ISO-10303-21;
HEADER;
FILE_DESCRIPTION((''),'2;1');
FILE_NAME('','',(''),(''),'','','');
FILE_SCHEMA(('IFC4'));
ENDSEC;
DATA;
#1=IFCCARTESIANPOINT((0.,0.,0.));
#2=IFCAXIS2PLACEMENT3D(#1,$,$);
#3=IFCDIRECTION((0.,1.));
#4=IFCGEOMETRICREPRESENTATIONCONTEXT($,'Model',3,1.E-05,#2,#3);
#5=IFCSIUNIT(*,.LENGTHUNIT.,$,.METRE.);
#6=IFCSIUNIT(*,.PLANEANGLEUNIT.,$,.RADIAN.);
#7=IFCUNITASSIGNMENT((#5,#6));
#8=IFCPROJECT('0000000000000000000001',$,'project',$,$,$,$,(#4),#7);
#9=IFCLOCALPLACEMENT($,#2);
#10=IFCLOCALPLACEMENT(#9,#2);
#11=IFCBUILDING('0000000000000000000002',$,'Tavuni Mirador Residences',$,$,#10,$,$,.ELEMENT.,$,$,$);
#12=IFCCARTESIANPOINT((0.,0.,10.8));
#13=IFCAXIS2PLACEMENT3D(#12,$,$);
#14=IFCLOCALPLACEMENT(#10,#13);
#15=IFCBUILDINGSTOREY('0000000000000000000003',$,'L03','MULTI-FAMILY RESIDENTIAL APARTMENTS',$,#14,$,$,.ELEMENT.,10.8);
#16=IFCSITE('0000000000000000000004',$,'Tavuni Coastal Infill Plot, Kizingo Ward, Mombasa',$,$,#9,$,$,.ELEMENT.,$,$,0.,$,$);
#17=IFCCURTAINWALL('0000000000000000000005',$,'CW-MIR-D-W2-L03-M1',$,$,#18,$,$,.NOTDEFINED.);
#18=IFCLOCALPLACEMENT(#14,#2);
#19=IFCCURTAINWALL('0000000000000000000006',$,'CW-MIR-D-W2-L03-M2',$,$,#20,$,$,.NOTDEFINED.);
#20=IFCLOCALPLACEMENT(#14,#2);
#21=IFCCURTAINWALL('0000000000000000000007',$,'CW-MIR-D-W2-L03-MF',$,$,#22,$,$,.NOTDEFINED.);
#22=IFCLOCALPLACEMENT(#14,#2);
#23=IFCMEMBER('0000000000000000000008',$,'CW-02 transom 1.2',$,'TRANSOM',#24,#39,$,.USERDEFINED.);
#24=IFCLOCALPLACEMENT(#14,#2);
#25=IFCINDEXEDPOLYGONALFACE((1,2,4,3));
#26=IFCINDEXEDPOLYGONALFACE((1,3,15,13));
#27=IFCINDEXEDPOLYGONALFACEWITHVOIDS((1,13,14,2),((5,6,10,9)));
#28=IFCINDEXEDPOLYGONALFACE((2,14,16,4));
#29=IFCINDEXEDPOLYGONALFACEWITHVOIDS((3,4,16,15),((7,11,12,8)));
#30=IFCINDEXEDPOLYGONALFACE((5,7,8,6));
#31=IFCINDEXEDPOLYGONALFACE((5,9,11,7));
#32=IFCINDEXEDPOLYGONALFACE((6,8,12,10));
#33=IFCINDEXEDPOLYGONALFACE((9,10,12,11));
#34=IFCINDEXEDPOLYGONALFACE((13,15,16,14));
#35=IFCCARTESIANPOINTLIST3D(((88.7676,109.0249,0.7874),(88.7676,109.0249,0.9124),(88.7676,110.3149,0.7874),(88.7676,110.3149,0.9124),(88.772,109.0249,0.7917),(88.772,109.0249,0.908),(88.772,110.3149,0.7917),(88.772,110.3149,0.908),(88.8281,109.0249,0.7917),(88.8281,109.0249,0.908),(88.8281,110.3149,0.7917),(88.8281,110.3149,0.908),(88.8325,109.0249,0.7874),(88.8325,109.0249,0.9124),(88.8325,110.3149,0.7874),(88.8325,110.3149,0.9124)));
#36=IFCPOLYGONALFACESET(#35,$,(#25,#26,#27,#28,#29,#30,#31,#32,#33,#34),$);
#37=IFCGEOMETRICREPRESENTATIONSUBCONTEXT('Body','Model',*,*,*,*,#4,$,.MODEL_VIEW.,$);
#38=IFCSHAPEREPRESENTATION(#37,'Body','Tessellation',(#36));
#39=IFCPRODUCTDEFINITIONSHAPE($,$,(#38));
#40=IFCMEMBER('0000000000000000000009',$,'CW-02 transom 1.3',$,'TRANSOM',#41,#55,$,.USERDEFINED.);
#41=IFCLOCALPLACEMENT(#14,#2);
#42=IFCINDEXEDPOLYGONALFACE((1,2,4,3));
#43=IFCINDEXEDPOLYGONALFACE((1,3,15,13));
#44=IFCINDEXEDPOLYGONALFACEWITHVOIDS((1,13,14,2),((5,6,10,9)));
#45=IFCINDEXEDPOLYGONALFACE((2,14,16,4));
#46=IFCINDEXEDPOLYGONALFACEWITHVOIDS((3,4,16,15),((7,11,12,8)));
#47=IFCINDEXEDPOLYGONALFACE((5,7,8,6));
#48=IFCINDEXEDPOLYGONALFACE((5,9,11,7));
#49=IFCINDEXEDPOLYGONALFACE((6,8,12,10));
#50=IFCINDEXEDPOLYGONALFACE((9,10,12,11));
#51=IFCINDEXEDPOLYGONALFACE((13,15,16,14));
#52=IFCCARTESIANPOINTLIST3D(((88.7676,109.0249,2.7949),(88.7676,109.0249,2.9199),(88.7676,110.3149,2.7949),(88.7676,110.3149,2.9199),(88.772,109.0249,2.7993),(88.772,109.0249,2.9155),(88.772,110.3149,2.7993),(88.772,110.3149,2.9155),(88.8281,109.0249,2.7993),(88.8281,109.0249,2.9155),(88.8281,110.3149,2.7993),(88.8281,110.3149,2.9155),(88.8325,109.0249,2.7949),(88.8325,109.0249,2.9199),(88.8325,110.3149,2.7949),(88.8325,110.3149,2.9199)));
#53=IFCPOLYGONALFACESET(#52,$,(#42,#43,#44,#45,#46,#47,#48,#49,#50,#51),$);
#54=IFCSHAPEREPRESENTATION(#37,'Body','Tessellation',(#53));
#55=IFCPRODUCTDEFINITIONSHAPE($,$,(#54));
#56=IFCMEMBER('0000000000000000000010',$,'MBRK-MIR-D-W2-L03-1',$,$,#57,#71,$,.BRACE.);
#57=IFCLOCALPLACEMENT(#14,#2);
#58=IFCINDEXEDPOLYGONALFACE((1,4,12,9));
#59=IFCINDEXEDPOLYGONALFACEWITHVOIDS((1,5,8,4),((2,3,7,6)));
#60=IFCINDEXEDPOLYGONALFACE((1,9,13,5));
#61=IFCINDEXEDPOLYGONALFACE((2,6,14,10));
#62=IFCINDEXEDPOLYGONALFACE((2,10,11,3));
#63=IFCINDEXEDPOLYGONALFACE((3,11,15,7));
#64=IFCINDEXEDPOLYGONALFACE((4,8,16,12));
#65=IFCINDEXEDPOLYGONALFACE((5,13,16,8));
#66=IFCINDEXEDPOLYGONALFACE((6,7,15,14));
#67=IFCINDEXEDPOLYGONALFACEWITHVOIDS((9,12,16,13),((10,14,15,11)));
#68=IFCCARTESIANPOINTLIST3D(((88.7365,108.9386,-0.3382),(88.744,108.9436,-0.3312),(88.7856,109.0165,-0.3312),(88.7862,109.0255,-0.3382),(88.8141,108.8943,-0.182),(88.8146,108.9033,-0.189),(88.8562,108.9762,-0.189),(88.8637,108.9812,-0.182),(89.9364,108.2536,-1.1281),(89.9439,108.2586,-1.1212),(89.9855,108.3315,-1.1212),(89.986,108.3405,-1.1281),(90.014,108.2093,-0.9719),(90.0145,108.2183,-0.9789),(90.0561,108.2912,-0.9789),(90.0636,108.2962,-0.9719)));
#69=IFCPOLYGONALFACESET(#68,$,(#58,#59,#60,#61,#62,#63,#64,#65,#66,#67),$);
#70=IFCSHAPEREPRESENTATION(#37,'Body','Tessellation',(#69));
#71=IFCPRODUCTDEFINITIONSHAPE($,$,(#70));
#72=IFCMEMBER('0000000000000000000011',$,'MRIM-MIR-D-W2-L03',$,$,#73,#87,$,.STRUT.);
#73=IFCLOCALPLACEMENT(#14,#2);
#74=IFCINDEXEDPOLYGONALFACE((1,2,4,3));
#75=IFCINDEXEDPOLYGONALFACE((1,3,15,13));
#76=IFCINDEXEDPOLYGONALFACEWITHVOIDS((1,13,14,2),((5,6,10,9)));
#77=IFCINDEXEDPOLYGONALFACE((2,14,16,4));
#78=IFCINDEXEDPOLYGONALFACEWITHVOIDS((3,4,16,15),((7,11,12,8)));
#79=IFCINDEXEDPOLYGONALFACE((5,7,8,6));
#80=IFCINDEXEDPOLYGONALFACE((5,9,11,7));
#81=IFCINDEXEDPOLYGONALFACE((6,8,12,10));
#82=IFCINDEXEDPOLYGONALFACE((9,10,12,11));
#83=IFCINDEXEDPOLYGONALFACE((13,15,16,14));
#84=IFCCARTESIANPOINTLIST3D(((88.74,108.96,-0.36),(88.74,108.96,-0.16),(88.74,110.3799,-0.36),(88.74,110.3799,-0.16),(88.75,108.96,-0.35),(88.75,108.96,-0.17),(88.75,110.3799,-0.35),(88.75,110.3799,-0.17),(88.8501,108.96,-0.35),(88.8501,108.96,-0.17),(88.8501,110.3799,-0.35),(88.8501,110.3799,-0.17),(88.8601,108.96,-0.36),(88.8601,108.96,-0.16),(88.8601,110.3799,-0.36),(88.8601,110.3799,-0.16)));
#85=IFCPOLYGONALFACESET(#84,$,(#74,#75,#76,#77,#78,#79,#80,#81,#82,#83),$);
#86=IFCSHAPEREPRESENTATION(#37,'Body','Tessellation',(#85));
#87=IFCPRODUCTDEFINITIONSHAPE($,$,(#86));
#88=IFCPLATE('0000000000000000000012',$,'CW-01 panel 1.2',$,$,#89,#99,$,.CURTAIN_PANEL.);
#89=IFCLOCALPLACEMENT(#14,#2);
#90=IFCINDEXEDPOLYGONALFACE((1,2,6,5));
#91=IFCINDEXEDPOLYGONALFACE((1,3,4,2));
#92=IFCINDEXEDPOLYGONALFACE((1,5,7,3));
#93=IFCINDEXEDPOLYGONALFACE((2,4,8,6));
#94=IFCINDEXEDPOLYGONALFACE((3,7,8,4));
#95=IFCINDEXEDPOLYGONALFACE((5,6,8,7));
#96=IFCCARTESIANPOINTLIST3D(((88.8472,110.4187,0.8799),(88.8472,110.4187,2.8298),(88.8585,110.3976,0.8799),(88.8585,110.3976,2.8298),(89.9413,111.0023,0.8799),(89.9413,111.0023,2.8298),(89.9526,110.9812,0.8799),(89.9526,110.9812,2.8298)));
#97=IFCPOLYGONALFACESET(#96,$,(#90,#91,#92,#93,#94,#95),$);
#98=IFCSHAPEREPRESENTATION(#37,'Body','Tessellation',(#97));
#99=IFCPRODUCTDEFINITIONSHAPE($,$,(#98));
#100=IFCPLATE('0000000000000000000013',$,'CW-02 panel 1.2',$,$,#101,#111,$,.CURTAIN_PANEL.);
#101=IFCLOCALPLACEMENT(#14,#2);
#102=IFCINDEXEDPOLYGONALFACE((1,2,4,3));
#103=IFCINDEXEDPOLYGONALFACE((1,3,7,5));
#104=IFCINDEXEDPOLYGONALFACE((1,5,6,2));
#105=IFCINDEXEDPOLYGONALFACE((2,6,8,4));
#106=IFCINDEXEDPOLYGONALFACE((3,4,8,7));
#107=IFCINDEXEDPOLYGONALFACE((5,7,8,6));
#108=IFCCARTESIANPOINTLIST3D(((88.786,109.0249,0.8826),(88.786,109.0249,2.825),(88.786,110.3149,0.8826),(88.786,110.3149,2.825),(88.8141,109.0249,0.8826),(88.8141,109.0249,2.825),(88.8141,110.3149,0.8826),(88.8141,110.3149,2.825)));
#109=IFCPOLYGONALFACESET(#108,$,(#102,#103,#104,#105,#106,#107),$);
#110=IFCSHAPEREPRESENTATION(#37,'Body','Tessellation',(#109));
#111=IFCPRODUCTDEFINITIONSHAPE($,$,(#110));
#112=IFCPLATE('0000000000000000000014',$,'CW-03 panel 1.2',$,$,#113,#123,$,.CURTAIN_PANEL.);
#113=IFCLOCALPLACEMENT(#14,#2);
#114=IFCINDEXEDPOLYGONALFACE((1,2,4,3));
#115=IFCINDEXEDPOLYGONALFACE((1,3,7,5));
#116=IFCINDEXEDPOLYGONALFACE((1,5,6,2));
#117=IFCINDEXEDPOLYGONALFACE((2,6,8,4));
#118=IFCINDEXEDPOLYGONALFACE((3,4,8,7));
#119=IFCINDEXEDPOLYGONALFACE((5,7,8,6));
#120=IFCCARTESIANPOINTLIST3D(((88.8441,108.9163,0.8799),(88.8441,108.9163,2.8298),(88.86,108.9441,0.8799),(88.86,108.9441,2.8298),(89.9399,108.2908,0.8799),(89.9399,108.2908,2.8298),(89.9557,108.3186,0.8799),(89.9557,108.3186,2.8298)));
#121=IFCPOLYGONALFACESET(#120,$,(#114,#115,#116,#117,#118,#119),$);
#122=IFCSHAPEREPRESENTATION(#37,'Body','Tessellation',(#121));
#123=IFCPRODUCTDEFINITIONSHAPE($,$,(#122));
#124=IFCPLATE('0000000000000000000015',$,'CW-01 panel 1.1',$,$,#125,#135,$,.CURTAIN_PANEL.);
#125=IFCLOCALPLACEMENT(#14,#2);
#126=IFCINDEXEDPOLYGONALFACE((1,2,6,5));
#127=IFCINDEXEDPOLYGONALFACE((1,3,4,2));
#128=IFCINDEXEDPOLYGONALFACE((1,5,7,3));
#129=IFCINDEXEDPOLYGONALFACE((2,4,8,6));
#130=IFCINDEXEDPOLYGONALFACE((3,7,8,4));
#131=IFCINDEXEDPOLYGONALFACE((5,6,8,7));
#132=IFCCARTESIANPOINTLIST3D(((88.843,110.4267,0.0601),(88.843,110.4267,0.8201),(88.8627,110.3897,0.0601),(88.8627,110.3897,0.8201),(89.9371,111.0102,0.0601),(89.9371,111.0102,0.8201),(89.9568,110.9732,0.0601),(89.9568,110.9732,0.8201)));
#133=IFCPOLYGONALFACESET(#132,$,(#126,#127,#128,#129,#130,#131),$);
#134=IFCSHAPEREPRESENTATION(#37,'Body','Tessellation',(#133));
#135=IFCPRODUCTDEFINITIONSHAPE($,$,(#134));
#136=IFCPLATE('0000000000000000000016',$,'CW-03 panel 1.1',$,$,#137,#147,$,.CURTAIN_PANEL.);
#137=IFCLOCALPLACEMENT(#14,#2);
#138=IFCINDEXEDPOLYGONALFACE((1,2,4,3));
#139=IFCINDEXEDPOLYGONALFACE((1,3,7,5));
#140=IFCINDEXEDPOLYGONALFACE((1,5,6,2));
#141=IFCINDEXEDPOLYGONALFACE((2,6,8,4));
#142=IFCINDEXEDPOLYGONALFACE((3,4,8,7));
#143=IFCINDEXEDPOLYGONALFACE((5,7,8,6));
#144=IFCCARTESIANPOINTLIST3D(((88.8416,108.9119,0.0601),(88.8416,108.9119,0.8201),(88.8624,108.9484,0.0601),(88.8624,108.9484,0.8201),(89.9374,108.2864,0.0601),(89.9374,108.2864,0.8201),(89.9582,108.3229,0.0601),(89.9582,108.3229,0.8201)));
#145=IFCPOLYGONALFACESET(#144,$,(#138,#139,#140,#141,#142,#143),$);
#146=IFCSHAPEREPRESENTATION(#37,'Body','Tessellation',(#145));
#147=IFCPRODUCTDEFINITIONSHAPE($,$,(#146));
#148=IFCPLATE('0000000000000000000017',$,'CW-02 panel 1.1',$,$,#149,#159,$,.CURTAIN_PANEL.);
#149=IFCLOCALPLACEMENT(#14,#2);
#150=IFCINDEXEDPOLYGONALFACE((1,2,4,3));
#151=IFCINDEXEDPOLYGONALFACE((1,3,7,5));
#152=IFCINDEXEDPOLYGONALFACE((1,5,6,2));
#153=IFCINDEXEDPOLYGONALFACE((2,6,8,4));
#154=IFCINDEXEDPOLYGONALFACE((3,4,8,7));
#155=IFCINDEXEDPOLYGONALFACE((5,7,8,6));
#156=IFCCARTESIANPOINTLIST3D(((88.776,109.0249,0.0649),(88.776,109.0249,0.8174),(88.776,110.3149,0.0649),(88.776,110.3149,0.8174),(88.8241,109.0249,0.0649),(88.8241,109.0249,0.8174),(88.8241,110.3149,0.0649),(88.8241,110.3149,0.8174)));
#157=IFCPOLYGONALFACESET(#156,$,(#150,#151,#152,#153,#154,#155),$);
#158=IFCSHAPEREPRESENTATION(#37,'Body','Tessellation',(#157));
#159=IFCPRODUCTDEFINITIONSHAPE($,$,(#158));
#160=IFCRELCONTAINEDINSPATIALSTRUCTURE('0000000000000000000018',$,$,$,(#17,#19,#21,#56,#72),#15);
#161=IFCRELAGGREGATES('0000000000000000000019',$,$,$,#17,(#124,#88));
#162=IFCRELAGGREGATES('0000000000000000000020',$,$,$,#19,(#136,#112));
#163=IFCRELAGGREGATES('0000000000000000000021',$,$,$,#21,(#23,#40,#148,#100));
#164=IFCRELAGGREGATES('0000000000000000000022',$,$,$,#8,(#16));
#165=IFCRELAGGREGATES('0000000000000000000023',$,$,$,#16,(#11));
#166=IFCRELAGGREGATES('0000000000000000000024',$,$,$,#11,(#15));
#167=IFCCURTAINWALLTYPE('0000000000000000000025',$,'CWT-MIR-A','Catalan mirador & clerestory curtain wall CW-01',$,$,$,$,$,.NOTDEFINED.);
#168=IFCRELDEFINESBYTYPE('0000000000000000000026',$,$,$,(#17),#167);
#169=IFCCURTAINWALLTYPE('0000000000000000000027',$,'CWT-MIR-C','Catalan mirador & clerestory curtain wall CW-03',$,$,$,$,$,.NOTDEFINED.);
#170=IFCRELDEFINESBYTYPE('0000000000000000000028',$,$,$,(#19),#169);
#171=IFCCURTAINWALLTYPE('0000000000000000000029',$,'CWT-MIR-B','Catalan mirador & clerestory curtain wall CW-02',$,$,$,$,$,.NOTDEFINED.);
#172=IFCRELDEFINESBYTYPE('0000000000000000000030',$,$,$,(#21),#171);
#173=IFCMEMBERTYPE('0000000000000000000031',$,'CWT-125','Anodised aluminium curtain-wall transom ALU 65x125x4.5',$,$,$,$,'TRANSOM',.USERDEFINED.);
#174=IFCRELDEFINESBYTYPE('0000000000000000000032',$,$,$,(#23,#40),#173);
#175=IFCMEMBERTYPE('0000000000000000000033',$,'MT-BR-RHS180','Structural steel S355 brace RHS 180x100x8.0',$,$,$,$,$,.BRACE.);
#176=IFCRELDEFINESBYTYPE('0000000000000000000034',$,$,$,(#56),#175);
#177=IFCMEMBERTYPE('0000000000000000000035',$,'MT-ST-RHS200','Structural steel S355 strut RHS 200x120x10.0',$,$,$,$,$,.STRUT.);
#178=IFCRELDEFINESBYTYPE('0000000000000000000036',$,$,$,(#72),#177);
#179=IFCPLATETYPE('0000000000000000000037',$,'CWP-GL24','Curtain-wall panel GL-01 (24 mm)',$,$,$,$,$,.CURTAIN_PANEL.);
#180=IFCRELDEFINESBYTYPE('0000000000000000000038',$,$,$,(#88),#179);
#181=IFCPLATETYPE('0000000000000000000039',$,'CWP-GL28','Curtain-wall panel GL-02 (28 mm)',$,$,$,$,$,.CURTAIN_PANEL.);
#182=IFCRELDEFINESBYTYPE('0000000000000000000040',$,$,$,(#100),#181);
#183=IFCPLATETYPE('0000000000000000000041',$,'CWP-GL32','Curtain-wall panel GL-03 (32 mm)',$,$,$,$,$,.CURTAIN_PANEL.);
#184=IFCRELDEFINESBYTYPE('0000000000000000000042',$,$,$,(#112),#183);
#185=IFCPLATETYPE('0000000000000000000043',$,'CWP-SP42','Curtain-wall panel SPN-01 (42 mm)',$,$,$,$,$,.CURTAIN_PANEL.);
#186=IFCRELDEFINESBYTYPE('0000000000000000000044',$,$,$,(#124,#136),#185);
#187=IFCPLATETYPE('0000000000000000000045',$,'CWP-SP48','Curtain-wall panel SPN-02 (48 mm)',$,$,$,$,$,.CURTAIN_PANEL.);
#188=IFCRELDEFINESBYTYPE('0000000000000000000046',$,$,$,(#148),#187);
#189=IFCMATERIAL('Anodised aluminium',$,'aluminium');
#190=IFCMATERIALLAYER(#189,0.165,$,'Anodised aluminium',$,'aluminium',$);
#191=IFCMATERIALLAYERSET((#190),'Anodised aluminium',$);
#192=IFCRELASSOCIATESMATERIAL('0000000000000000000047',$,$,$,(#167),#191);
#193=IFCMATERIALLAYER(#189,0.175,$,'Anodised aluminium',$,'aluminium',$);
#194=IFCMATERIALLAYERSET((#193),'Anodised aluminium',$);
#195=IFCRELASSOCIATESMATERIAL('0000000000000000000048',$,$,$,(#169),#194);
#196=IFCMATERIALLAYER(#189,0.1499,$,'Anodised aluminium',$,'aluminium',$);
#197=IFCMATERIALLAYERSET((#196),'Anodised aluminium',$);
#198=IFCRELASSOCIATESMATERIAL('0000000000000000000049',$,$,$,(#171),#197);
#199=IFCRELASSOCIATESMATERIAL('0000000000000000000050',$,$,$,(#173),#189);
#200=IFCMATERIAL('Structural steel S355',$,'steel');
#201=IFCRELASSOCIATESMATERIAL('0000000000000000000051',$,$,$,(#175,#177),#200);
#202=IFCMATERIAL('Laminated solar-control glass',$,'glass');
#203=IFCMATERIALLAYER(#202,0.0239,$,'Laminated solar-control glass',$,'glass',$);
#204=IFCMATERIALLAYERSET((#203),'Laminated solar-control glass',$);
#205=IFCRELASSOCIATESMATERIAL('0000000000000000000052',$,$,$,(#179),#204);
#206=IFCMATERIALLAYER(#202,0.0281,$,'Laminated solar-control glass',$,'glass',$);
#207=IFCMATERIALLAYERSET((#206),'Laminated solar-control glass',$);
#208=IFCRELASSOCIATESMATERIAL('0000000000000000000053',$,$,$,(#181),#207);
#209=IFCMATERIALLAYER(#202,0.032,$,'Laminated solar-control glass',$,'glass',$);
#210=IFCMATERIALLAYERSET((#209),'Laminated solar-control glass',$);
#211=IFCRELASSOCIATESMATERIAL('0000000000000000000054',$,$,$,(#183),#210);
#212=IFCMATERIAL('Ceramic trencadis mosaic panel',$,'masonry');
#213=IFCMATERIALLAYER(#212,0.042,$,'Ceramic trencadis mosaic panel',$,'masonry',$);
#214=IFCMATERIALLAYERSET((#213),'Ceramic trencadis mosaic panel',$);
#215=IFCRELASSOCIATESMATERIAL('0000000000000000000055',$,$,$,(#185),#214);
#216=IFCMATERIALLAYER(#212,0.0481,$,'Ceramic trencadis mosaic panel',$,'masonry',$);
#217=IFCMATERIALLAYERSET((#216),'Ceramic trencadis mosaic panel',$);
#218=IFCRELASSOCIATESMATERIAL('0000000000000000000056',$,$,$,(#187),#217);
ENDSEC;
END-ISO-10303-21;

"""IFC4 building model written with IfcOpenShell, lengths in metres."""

from ifc_helpers import new_model, si_unit, direction, frame, origin, origin_2d, place, context, subcontext, project, spatial, rectangle, hollow_rectangle, extrude, material, layer, layer_set, material_profile, profile_set, type_object, element, aggregate, save


model = new_model("IFC4")

# Units and contexts
model_context = context("Model", 3, precision=1e-05, world=origin(), true_north=direction((0.0, 1.0)))
body_context = subcontext(model_context, "Body", "Model", "MODEL_VIEW")
ifc_project = project(units=[si_unit("LENGTHUNIT", "METRE"), si_unit("PLANEANGLEUNIT", "RADIAN")], contexts=[model_context])

# Site, building, storey
site_placement = place(None, origin())
site = spatial("IfcSite", under=ifc_project, at=site_placement, Name="Tavuni Coastal Infill Plot, Kizingo Ward, Mombasa", CompositionType="ELEMENT", RefElevation=0.0)
building_placement = place(site_placement, origin())
building = spatial("IfcBuilding", under=site, at=building_placement, Name="Tavuni Mirador Residences", CompositionType="ELEMENT")
storey_placement = place(building_placement, frame((0.0, 0.0, 10.8)))
storey = spatial("IfcBuildingStorey", under=building, at=storey_placement, Name="L03", Description="MULTI-FAMILY RESIDENTIAL APARTMENTS", CompositionType="ELEMENT", Elevation=10.8)

# Curtain wall
ifc_material_1 = material(Name="Anodised aluminium", Category="aluminium")
ifc_layer_1 = layer(ifc_material_1, 0.165, Name="Anodised aluminium", Category="aluminium")
ifc_layer_set_1 = layer_set([ifc_layer_1], Name="Anodised aluminium")
curtain_wall_type_1 = type_object("IfcCurtainWallType", Name="CWT-MIR-A", Description="Catalan mirador & clerestory curtain wall CW-01", PredefinedType="NOTDEFINED", material=ifc_layer_set_1)
curtain_wall_1_placement = place(storey_placement, origin())
curtain_wall_1 = element("IfcCurtainWall", 1, at=curtain_wall_1_placement, inside=storey, type_object=curtain_wall_type_1, Name="CW-MIR-D-W2-L03-M1", PredefinedType="NOTDEFINED")

# Curtain walls
ifc_layer_2 = layer(ifc_material_1, 0.175, Name="Anodised aluminium", Category="aluminium")
ifc_layer_set_2 = layer_set([ifc_layer_2], Name="Anodised aluminium")
curtain_wall_type_2 = type_object("IfcCurtainWallType", Name="CWT-MIR-C", Description="Catalan mirador & clerestory curtain wall CW-03", PredefinedType="NOTDEFINED", material=ifc_layer_set_2)
curtain_wall_2_placement = place(storey_placement, origin())
curtain_wall_2 = element("IfcCurtainWall", 2, at=curtain_wall_2_placement, inside=storey, type_object=curtain_wall_type_2, Name="CW-MIR-D-W2-L03-M2", PredefinedType="NOTDEFINED")
ifc_layer_3 = layer(ifc_material_1, 0.1499, Name="Anodised aluminium", Category="aluminium")
ifc_layer_set_3 = layer_set([ifc_layer_3], Name="Anodised aluminium")
curtain_wall_type_3 = type_object("IfcCurtainWallType", Name="CWT-MIR-B", Description="Catalan mirador & clerestory curtain wall CW-02", PredefinedType="NOTDEFINED", material=ifc_layer_set_3)
curtain_wall_3_placement = place(storey_placement, origin())
curtain_wall_3 = element("IfcCurtainWall", 3, at=curtain_wall_3_placement, inside=storey, type_object=curtain_wall_type_3, Name="CW-MIR-D-W2-L03-MF", PredefinedType="NOTDEFINED")

# Members
ifc_material_profile_1 = material_profile(ifc_material_1, hollow_rectangle(XDim=0.0649, YDim=0.125, WallThickness=0.0044, at=origin_2d()), Name="ALU 65x125x4.5", Category="aluminium")
ifc_profile_set_1 = profile_set([ifc_material_profile_1], Name="Anodised aluminium")
member_type_1 = type_object("IfcMemberType", Name="CWT-125", Description="Anodised aluminium curtain-wall transom ALU 65x125x4.5", ElementType="TRANSOM", PredefinedType="USERDEFINED", material=ifc_profile_set_1)
member_1_placement = place(storey_placement, frame((88.8, 110.3149, 0.8499), z_axis=(0.0, -1.0, 0.0), x_axis=(1.0, 0.0, 0.0)))
member_1 = element("IfcMember", 4, at=member_1_placement, type_object=member_type_1, Name="CW-02 transom 1.2", ObjectType="TRANSOM", PredefinedType="USERDEFINED", context=body_context, shape_type="SweptSolid", body=[
    extrude(hollow_rectangle(XDim=0.0649, YDim=0.125, WallThickness=0.0044, at=origin_2d()), origin(), (0.0, 0.0, 1.0), 1.29),
])
member_2_placement = place(storey_placement, frame((88.8, 110.3149, 2.8574), z_axis=(0.0, -1.0, 0.0), x_axis=(1.0, 0.0, 0.0)))
member_2 = element("IfcMember", 5, at=member_2_placement, type_object=member_type_1, Name="CW-02 transom 1.3", ObjectType="TRANSOM", PredefinedType="USERDEFINED", context=body_context, shape_type="SweptSolid", body=[
    extrude(hollow_rectangle(XDim=0.0649, YDim=0.125, WallThickness=0.0044, at=origin_2d()), origin(), (0.0, 0.0, 1.0), 1.29),
])

# Members
ifc_material_2 = material(Name="Structural steel S355", Category="steel")
ifc_material_profile_2 = material_profile(ifc_material_2, hollow_rectangle(XDim=0.1001, YDim=0.1799, WallThickness=0.0081, at=origin_2d()), Name="RHS 180x100x8.0", Category="steel")
ifc_profile_set_2 = profile_set([ifc_material_profile_2], Name="Structural steel S355")
member_type_2 = type_object("IfcMemberType", Name="MT-BR-RHS180", Description="Structural steel S355 brace RHS 180x100x8.0", PredefinedType="BRACE", material=ifc_profile_set_2)
member_3_placement = place(storey_placement, frame((90.0, 108.2749, -1.05), z_axis=(-0.753904, 0.430408, 0.496365), x_axis=(-0.495796, -0.868439, 0.0)))
element("IfcMember", 6, at=member_3_placement, inside=storey, type_object=member_type_2, Name="MBRK-MIR-D-W2-L03-1", PredefinedType="BRACE", context=body_context, shape_type="SweptSolid", body=[
    extrude(hollow_rectangle(XDim=0.1001, YDim=0.1799, WallThickness=0.0081, at=origin_2d()), origin(), (0.0, 0.0, 1.0), 1.5916),
])
ifc_material_profile_3 = material_profile(ifc_material_2, hollow_rectangle(XDim=0.1201, YDim=0.2, WallThickness=0.01, at=origin_2d()), Name="RHS 200x120x10.0", Category="steel")
ifc_profile_set_3 = profile_set([ifc_material_profile_3], Name="Structural steel S355")
member_type_3 = type_object("IfcMemberType", Name="MT-ST-RHS200", Description="Structural steel S355 strut RHS 200x120x10.0", PredefinedType="STRUT", material=ifc_profile_set_3)
member_4_placement = place(storey_placement, frame((88.8, 108.96, -0.26), z_axis=(0.0, 1.0, 0.0), x_axis=(-1.0, 0.0, 0.0)))
element("IfcMember", 7, at=member_4_placement, inside=storey, type_object=member_type_3, Name="MRIM-MIR-D-W2-L03", PredefinedType="STRUT", context=body_context, shape_type="SweptSolid", body=[
    extrude(hollow_rectangle(XDim=0.1201, YDim=0.2, WallThickness=0.01, at=origin_2d()), origin(), (0.0, 0.0, 1.0), 1.4199),
])

# Plates
ifc_material_3 = material(Name="Laminated solar-control glass", Category="glass")
ifc_layer_4 = layer(ifc_material_3, 0.0239, Name="Laminated solar-control glass", Category="glass")
ifc_layer_set_4 = layer_set([ifc_layer_4], Name="Laminated solar-control glass")
plate_type_1 = type_object("IfcPlateType", Name="CWP-GL24", Description="Curtain-wall panel GL-01 (24 mm)", PredefinedType="CURTAIN_PANEL", material=ifc_layer_set_4)
plate_1_placement = place(storey_placement, frame((89.3999, 110.7, 0.8799), z_axis=(0.0, 0.0, 1.0), x_axis=(-0.882353, -0.470588, 0.0)))
plate_1 = element("IfcPlate", 8, at=plate_1_placement, type_object=plate_type_1, Name="CW-01 panel 1.2", PredefinedType="CURTAIN_PANEL", context=body_context, shape_type="SweptSolid", body=[
    extrude(rectangle(XDim=1.24, YDim=0.0239, at=origin_2d()), origin(), (0.0, 0.0, 1.0), 1.95),
])
ifc_layer_5 = layer(ifc_material_3, 0.0281, Name="Laminated solar-control glass", Category="glass")
ifc_layer_set_5 = layer_set([ifc_layer_5], Name="Laminated solar-control glass")
plate_type_2 = type_object("IfcPlateType", Name="CWP-GL28", Description="Curtain-wall panel GL-02 (28 mm)", PredefinedType="CURTAIN_PANEL", material=ifc_layer_set_5)
plate_2_placement = place(storey_placement, frame((88.8, 109.6699, 0.8826), z_axis=(0.0, 0.0, 1.0), x_axis=(0.0, -1.0, 0.0)))
plate_2 = element("IfcPlate", 9, at=plate_2_placement, type_object=plate_type_2, Name="CW-02 panel 1.2", PredefinedType="CURTAIN_PANEL", context=body_context, shape_type="SweptSolid", body=[
    extrude(rectangle(XDim=1.29, YDim=0.0281, at=origin_2d()), origin(), (0.0, 0.0, 1.0), 1.9424),
])
ifc_layer_6 = layer(ifc_material_3, 0.032, Name="Laminated solar-control glass", Category="glass")
ifc_layer_set_6 = layer_set([ifc_layer_6], Name="Laminated solar-control glass")
plate_type_3 = type_object("IfcPlateType", Name="CWP-GL32", Description="Curtain-wall panel GL-03 (32 mm)", PredefinedType="CURTAIN_PANEL", material=ifc_layer_set_6)
plate_3_placement = place(storey_placement, frame((89.3999, 108.6174, 0.8799), z_axis=(0.0, 0.0, 1.0), x_axis=(0.868466, -0.495749, 0.0)))
plate_3 = element("IfcPlate", 10, at=plate_3_placement, type_object=plate_type_3, Name="CW-03 panel 1.2", PredefinedType="CURTAIN_PANEL", context=body_context, shape_type="SweptSolid", body=[
    extrude(rectangle(XDim=1.2617, YDim=0.032, at=origin_2d()), origin(), (0.0, 0.0, 1.0), 1.95),
])
ifc_material_4 = material(Name="Ceramic trencadis mosaic panel", Category="masonry")
ifc_layer_7 = layer(ifc_material_4, 0.042, Name="Ceramic trencadis mosaic panel", Category="masonry")
ifc_layer_set_7 = layer_set([ifc_layer_7], Name="Ceramic trencadis mosaic panel")
plate_type_4 = type_object("IfcPlateType", Name="CWP-SP42", Description="Curtain-wall panel SPN-01 (42 mm)", PredefinedType="CURTAIN_PANEL", material=ifc_layer_set_7)
plate_4_placement = place(storey_placement, frame((89.3999, 110.7, 0.0601), z_axis=(0.0, 0.0, 1.0), x_axis=(-0.882353, -0.470588, 0.0)))
plate_4 = element("IfcPlate", 11, at=plate_4_placement, type_object=plate_type_4, Name="CW-01 panel 1.1", PredefinedType="CURTAIN_PANEL", context=body_context, shape_type="SweptSolid", body=[
    extrude(rectangle(XDim=1.24, YDim=0.042, at=origin_2d()), origin(), (0.0, 0.0, 1.0), 0.76),
])
aggregate(curtain_wall_1, [plate_4, plate_1])
plate_5_placement = place(storey_placement, frame((89.3999, 108.6174, 0.0601), z_axis=(0.0, 0.0, 1.0), x_axis=(0.868466, -0.495749, 0.0)))
plate_5 = element("IfcPlate", 12, at=plate_5_placement, type_object=plate_type_4, Name="CW-03 panel 1.1", PredefinedType="CURTAIN_PANEL", context=body_context, shape_type="SweptSolid", body=[
    extrude(rectangle(XDim=1.2617, YDim=0.042, at=origin_2d()), origin(), (0.0, 0.0, 1.0), 0.76),
])
aggregate(curtain_wall_2, [plate_5, plate_3])
ifc_layer_8 = layer(ifc_material_4, 0.0481, Name="Ceramic trencadis mosaic panel", Category="masonry")
ifc_layer_set_8 = layer_set([ifc_layer_8], Name="Ceramic trencadis mosaic panel")
plate_type_5 = type_object("IfcPlateType", Name="CWP-SP48", Description="Curtain-wall panel SPN-02 (48 mm)", PredefinedType="CURTAIN_PANEL", material=ifc_layer_set_8)
plate_6_placement = place(storey_placement, frame((88.8, 109.6699, 0.0649), z_axis=(0.0, 0.0, 1.0), x_axis=(0.0, -1.0, 0.0)))
plate_6 = element("IfcPlate", 13, at=plate_6_placement, type_object=plate_type_5, Name="CW-02 panel 1.1", PredefinedType="CURTAIN_PANEL", context=body_context, shape_type="SweptSolid", body=[
    extrude(rectangle(XDim=1.29, YDim=0.0481, at=origin_2d()), origin(), (0.0, 0.0, 1.0), 0.7524),
])
aggregate(curtain_wall_3, [member_1, member_2, plate_6, plate_2])

save(model, "model.ifc")
